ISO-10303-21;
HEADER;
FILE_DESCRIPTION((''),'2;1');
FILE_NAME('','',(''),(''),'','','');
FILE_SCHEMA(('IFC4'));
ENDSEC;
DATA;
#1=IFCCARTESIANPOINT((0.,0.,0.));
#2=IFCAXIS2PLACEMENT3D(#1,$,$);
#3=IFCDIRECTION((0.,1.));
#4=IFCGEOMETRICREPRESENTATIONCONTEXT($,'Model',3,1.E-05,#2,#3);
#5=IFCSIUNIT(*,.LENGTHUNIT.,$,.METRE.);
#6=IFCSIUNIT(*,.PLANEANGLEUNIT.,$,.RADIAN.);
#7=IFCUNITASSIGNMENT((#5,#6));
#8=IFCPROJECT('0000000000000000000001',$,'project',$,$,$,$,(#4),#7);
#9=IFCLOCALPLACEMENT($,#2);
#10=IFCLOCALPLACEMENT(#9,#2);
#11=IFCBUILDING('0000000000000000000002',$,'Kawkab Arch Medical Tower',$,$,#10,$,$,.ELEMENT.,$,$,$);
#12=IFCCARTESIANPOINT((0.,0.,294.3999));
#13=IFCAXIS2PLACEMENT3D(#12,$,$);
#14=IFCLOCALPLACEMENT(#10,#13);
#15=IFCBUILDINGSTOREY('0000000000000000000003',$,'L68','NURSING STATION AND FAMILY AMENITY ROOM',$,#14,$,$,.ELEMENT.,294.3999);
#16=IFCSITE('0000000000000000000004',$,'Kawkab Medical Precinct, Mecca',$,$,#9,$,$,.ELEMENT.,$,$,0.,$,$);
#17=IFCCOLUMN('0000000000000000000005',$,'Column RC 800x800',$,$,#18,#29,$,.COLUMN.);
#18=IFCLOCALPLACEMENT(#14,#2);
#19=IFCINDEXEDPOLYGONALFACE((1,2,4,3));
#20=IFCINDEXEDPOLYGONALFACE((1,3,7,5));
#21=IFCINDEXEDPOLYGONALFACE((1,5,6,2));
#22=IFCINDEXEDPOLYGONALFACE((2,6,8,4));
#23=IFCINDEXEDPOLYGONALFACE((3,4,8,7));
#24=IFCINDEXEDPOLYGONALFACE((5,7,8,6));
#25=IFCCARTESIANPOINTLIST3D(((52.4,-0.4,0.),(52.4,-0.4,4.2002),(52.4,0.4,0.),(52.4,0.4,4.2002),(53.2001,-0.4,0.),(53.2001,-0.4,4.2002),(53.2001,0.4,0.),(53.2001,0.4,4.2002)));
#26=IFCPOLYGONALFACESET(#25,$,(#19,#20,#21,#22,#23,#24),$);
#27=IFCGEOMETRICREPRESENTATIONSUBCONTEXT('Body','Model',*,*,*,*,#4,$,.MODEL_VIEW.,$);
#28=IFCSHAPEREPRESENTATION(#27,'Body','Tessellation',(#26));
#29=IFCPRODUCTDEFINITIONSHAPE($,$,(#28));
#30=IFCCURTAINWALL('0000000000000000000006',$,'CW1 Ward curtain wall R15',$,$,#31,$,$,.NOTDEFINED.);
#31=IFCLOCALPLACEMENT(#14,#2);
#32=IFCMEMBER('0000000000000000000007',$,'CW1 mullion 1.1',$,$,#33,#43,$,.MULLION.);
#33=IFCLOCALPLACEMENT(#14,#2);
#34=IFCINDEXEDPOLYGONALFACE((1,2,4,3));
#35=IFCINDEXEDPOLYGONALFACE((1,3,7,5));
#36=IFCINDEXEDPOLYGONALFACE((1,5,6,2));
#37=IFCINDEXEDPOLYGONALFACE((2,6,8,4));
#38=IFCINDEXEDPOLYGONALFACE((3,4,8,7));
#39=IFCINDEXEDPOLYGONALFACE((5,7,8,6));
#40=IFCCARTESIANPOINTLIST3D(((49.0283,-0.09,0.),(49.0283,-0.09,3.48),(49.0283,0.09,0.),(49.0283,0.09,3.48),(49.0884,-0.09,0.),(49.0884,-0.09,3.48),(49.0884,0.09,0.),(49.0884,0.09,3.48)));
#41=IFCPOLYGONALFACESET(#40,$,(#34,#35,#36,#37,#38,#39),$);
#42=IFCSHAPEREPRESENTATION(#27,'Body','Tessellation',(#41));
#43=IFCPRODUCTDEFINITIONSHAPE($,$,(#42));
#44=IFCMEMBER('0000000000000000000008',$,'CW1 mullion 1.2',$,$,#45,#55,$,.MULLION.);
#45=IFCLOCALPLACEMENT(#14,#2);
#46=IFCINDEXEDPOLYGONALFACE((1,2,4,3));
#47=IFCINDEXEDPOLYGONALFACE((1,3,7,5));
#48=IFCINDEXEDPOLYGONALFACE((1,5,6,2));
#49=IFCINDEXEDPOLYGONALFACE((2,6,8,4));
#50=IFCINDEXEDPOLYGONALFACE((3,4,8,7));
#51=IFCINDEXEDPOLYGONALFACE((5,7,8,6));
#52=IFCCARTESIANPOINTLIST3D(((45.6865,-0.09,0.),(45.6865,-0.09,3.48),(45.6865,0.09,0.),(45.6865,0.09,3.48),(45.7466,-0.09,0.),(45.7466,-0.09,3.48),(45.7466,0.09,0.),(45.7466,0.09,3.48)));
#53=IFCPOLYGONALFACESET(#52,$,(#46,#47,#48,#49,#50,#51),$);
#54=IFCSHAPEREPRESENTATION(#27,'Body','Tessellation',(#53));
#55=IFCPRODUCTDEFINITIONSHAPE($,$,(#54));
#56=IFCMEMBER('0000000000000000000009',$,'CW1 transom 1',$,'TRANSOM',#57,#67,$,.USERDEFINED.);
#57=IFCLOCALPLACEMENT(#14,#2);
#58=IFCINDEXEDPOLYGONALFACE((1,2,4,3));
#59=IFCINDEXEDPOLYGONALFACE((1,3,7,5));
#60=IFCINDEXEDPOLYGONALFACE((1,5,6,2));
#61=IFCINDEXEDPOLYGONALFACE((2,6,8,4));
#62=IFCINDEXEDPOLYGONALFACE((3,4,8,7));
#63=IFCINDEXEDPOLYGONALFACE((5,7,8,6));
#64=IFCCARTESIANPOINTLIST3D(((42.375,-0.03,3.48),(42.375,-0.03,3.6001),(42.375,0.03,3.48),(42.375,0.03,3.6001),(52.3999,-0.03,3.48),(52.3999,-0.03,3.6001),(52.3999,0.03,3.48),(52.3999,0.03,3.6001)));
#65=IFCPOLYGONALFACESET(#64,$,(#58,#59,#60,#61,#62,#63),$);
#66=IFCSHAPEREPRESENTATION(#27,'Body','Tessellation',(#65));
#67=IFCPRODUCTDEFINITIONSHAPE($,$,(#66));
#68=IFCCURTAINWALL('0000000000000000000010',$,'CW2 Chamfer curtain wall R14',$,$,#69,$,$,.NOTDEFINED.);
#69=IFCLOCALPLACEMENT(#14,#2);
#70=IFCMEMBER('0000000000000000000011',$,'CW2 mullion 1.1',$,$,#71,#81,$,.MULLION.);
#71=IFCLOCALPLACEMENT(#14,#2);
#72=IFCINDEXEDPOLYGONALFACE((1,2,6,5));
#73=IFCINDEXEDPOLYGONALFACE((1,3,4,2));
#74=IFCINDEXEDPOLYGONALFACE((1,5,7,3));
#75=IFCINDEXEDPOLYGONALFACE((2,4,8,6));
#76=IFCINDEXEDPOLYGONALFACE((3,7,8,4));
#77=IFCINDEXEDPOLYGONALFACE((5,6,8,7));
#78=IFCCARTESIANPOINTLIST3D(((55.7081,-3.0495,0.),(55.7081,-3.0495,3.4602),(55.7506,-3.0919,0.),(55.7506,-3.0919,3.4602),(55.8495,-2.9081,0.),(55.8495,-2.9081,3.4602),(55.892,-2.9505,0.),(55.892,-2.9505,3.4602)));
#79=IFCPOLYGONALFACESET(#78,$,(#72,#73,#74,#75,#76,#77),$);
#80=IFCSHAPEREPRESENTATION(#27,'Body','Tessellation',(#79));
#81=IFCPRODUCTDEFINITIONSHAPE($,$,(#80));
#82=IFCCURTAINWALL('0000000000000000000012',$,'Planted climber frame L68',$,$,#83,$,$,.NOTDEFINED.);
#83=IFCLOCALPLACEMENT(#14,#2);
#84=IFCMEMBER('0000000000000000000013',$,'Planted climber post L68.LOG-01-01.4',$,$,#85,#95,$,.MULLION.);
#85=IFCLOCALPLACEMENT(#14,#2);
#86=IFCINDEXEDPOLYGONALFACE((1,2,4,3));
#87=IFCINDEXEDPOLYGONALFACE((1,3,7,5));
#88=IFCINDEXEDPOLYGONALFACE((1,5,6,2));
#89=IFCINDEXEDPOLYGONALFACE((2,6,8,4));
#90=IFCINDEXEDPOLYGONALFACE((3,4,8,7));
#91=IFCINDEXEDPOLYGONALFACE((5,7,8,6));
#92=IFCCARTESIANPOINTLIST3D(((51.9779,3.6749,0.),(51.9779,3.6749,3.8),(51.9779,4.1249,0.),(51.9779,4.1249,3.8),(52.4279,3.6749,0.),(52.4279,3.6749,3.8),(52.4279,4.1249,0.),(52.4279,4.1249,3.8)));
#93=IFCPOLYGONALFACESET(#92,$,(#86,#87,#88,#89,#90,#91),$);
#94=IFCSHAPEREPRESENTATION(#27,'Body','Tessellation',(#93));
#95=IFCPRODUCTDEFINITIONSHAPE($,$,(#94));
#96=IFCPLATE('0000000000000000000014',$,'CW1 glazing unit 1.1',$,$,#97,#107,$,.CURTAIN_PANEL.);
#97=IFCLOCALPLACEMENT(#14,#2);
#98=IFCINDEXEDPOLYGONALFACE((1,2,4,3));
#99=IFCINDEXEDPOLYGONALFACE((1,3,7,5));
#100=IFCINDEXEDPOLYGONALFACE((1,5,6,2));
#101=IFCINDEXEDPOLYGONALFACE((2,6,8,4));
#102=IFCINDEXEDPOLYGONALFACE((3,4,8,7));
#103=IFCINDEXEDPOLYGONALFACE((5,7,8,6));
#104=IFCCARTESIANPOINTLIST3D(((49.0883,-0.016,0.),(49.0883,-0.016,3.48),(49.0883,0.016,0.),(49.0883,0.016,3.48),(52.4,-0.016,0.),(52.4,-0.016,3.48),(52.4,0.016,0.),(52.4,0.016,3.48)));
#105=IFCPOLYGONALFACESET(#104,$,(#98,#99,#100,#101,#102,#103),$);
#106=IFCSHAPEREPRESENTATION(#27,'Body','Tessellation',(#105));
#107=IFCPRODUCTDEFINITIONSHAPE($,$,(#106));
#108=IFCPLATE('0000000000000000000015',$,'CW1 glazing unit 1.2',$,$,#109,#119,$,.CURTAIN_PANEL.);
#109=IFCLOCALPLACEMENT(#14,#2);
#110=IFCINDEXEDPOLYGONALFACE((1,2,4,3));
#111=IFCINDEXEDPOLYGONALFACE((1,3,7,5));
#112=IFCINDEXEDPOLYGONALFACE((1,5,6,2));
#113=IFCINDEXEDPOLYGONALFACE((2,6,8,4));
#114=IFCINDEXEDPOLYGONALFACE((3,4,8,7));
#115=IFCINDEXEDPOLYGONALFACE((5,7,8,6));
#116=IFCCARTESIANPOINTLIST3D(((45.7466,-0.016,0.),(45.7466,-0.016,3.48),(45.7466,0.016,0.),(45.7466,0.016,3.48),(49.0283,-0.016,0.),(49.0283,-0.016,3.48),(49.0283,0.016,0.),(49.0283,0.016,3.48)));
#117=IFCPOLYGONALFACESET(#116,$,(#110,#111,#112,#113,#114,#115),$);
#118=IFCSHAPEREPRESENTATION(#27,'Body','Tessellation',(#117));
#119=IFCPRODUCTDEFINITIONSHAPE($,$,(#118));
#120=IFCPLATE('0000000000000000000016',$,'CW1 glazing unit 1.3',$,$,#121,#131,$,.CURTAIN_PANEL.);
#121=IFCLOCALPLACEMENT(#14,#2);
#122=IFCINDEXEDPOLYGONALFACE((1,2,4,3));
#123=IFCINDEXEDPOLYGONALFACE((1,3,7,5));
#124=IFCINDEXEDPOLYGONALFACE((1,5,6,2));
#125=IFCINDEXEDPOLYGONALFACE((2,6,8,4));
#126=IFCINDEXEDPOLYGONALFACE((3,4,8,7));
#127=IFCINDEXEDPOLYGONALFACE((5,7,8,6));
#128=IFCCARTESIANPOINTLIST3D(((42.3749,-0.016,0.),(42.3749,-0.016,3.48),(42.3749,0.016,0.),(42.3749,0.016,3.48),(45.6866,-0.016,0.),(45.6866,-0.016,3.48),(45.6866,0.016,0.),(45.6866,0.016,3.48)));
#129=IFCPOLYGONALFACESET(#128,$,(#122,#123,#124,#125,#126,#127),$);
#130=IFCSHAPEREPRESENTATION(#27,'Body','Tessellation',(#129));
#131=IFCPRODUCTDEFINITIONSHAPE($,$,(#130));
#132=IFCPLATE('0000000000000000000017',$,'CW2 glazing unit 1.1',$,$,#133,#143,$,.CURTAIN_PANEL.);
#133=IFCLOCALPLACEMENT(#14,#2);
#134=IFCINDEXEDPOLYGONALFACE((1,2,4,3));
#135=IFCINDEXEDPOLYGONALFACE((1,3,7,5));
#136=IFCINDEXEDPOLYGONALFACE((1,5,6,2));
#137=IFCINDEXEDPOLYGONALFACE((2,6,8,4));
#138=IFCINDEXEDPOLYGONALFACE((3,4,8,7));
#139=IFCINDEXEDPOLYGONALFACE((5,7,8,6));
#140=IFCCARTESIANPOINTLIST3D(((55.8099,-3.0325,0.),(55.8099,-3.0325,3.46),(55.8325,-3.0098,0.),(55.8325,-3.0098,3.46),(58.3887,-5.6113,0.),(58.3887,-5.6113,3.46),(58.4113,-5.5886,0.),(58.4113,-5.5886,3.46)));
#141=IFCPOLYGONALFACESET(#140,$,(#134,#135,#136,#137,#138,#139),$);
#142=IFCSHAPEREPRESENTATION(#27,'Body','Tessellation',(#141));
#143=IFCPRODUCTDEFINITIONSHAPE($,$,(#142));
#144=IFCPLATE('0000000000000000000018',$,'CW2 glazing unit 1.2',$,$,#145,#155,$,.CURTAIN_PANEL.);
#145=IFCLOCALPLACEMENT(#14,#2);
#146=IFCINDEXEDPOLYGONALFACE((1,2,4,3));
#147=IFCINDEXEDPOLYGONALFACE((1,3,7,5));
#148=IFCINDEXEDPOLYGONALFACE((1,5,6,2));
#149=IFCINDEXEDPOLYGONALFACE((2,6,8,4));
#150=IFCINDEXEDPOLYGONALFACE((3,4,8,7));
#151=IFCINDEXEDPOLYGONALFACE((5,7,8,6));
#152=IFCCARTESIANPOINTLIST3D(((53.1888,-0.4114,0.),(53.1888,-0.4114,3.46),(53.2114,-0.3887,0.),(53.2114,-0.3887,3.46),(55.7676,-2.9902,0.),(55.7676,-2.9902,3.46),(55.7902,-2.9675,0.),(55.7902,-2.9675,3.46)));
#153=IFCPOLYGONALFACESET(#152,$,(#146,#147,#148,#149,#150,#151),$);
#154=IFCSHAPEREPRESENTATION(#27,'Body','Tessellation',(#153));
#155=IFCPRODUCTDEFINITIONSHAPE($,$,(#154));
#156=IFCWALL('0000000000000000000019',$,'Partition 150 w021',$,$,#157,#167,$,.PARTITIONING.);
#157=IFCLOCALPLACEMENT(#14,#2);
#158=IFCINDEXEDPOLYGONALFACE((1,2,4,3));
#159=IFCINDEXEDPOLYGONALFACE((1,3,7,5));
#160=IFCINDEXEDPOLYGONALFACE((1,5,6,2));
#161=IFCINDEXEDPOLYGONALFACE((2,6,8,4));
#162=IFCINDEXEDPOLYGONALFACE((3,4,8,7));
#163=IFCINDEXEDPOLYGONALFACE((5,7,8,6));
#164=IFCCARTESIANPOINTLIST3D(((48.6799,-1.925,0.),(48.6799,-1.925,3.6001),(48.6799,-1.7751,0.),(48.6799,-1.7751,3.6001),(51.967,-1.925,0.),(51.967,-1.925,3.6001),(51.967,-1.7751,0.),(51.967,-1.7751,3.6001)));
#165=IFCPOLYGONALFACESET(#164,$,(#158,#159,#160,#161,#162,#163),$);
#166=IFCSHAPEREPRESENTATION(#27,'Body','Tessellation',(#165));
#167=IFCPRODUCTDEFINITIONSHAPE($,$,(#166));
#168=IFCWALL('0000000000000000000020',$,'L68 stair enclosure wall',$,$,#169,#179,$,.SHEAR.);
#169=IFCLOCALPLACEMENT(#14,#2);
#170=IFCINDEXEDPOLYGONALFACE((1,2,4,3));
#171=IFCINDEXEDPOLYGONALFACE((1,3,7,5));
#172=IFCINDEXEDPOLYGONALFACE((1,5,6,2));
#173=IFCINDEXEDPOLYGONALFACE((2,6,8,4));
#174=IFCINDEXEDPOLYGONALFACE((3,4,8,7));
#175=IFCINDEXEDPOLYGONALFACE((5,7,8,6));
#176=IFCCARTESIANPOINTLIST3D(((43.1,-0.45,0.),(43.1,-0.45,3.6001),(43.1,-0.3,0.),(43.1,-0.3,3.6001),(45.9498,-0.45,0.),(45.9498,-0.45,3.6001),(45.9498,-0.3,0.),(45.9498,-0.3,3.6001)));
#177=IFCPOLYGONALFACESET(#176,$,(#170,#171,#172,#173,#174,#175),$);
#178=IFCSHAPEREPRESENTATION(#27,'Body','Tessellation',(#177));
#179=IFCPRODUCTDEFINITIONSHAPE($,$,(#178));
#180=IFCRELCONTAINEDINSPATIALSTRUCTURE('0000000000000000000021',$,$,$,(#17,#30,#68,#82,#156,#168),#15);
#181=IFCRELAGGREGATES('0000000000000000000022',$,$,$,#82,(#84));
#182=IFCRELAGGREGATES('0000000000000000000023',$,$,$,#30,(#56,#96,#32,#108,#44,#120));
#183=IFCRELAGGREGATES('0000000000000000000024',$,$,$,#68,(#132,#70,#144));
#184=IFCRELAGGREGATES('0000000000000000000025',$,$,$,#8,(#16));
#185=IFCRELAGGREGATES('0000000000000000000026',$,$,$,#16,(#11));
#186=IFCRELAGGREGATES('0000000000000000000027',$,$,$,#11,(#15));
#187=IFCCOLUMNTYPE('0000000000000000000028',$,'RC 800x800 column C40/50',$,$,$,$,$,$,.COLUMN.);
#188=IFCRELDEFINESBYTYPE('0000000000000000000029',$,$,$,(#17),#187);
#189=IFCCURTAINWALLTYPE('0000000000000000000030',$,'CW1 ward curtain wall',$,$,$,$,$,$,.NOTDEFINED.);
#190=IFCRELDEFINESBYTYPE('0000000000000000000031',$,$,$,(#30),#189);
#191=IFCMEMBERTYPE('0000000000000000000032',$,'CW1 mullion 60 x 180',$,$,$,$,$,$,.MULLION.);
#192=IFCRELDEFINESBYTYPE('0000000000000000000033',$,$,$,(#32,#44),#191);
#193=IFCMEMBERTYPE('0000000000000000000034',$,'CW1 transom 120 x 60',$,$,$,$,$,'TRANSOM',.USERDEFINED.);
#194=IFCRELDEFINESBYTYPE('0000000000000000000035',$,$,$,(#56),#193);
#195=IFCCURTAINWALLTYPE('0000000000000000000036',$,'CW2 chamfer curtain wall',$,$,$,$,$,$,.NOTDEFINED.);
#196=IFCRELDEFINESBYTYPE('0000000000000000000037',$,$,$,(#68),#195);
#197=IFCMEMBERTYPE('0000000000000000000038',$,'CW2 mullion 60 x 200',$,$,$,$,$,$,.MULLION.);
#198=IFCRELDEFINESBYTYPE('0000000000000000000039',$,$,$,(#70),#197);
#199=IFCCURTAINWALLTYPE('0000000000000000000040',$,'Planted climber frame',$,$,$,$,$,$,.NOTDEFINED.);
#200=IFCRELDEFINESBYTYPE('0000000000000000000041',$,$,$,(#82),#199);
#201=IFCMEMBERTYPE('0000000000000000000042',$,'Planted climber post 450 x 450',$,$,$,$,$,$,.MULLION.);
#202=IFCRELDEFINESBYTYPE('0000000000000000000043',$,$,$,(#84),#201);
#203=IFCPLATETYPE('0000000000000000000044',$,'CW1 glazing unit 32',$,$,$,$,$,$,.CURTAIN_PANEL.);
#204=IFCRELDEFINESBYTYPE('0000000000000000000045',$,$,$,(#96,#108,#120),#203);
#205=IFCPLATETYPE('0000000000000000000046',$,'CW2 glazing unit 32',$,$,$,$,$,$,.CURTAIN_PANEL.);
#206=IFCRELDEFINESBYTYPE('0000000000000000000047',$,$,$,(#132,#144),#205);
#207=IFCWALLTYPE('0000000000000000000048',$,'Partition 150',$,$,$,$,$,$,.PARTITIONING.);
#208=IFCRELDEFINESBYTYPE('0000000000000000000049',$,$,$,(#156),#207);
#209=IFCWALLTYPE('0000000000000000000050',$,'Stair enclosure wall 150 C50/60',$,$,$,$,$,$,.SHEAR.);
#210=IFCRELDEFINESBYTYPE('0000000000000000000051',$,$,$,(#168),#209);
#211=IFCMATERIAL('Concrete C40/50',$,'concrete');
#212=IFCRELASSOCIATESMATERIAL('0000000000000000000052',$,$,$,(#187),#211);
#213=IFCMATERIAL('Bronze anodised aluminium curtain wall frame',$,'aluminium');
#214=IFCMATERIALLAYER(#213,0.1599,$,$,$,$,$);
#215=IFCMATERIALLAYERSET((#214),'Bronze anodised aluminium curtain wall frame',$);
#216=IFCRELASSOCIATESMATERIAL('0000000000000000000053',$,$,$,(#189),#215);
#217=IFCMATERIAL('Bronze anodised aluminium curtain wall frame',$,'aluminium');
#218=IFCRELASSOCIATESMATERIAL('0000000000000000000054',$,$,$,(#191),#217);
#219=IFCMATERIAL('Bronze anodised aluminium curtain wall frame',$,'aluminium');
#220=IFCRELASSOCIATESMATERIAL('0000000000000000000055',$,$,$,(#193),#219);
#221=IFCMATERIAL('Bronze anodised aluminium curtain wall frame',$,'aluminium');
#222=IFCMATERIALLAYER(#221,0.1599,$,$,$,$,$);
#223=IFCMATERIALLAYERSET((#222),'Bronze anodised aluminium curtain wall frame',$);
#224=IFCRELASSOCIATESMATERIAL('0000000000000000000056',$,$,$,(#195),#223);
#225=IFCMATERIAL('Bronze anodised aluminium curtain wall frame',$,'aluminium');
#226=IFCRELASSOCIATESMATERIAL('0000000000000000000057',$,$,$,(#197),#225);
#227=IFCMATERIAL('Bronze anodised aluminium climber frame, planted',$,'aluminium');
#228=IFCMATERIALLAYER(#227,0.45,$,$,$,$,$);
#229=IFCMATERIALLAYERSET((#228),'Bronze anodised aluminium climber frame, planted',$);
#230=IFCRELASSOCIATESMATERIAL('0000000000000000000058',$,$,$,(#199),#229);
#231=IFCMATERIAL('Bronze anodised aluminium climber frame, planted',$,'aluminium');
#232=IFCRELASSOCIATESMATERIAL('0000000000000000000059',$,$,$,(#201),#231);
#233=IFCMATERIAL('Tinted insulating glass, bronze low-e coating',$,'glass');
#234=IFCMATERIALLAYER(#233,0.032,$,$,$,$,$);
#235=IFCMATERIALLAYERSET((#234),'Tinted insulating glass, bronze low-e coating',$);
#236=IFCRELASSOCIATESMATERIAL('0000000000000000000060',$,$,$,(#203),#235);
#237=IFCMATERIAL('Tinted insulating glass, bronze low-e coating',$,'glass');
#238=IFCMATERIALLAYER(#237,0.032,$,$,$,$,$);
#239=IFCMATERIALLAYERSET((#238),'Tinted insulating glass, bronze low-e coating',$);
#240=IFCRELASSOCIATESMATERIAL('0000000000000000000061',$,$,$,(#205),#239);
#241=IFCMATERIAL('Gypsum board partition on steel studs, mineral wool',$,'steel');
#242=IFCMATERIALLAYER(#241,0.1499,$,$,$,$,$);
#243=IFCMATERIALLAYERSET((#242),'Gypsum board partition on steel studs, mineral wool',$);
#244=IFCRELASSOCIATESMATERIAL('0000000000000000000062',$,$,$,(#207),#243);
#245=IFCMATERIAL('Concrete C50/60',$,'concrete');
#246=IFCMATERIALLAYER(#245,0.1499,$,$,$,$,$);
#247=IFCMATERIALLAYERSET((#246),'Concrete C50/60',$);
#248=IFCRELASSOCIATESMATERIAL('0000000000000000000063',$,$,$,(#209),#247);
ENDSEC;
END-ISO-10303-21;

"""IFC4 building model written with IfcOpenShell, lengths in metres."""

from ifc_helpers import new_model, si_unit, direction, frame, frame_2d, origin, origin_2d, place, context, subcontext, project, spatial, rectangle, extrude, material, layer, layer_set, material_profile, profile_set, type_object, element, aggregate, save


model = new_model("IFC4")

# Units and contexts
model_context = context("Model", 3, precision=1e-05, world=origin(), true_north=direction((0.0, 1.0)))
body_context = subcontext(model_context, "Body", "Model", "MODEL_VIEW")
ifc_project = project(units=[si_unit("LENGTHUNIT", "METRE"), si_unit("PLANEANGLEUNIT", "RADIAN")], contexts=[model_context])

# Site, building, storey
site_placement = place(None, origin())
site = spatial("IfcSite", under=ifc_project, at=site_placement, Name="Kawkab Medical Precinct, Mecca", CompositionType="ELEMENT", RefElevation=0.0)
building_placement = place(site_placement, origin())
building = spatial("IfcBuilding", under=site, at=building_placement, Name="Kawkab Arch Medical Tower", CompositionType="ELEMENT")
storey_placement = place(building_placement, frame((0.0, 0.0, 294.3999)))
storey = spatial("IfcBuildingStorey", under=building, at=storey_placement, Name="L68", Description="NURSING STATION AND FAMILY AMENITY ROOM", CompositionType="ELEMENT", Elevation=294.3999)

# Column
ifc_material_1 = material(Name="Concrete C40/50", Category="concrete")
ifc_material_profile_1 = material_profile(ifc_material_1, rectangle(XDim=0.8, YDim=0.8, at=origin_2d()), Name="RC 800x800")
ifc_profile_set_1 = profile_set([ifc_material_profile_1], Name="Concrete C40/50")
column_type = type_object("IfcColumnType", Name="RC 800x800 column C40/50", PredefinedType="COLUMN", material=ifc_profile_set_1)
column_placement = place(storey_placement, frame((52.8, 0.0, 0.0), z_axis=(0.0, 0.0, 1.0), x_axis=(1.0, 0.0, 0.0)))
element("IfcColumn", 1, at=column_placement, inside=storey, type_object=column_type, Name="Column RC 800x800", PredefinedType="COLUMN", context=body_context, shape_type="SweptSolid", body=[
    extrude(rectangle(XDim=0.8, YDim=0.8, at=origin_2d()), origin(), (0.0, 0.0, 1.0), 4.2002),
])

# Curtain wall, members
ifc_material_2 = material(Name="Bronze anodised aluminium curtain wall frame", Category="aluminium")
ifc_layer_1 = layer(ifc_material_2, 0.1599)
ifc_layer_set_1 = layer_set([ifc_layer_1], Name="Bronze anodised aluminium curtain wall frame")
curtain_wall_type_1 = type_object("IfcCurtainWallType", Name="CW1 ward curtain wall", PredefinedType="NOTDEFINED", material=ifc_layer_set_1)
placement = place(storey_placement, origin())
curtain_wall_1 = element("IfcCurtainWall", 2, at=placement, inside=storey, type_object=curtain_wall_type_1, Name="CW1 Ward curtain wall R15", PredefinedType="NOTDEFINED")
ifc_material_3 = material(Name="Bronze anodised aluminium curtain wall frame", Category="aluminium")
ifc_material_profile_2 = material_profile(ifc_material_3, rectangle(XDim=0.1799, YDim=0.0601, at=origin_2d()), Name="AL 60x180")
ifc_profile_set_2 = profile_set([ifc_material_profile_2], Name="Bronze anodised aluminium curtain wall frame")
member_type_1 = type_object("IfcMemberType", Name="CW1 mullion 60 x 180", PredefinedType="MULLION", material=ifc_profile_set_2)
member_1_placement = place(storey_placement, frame((49.0583, 0.0, 0.0), z_axis=(0.0, 0.0, 1.0), x_axis=(0.0, -1.0, 0.0)))
member_1 = element("IfcMember", 3, at=member_1_placement, type_object=member_type_1, Name="CW1 mullion 1.1", PredefinedType="MULLION", context=body_context, shape_type="SweptSolid", body=[
    extrude(rectangle(XDim=0.1799, YDim=0.0601, at=origin_2d()), origin(), (0.0, 0.0, 1.0), 3.48),
])
member_2_placement = place(storey_placement, frame((45.7166, 0.0, 0.0), z_axis=(0.0, 0.0, 1.0), x_axis=(0.0, -1.0, 0.0)))
member_2 = element("IfcMember", 4, at=member_2_placement, type_object=member_type_1, Name="CW1 mullion 1.2", PredefinedType="MULLION", context=body_context, shape_type="SweptSolid", body=[
    extrude(rectangle(XDim=0.1799, YDim=0.0601, at=origin_2d()), origin(), (0.0, 0.0, 1.0), 3.48),
])
ifc_material_4 = material(Name="Bronze anodised aluminium curtain wall frame", Category="aluminium")
ifc_material_profile_3 = material_profile(ifc_material_4, rectangle(XDim=0.0601, YDim=0.1201, at=origin_2d()), Name="AL 60x120")
ifc_profile_set_3 = profile_set([ifc_material_profile_3], Name="Bronze anodised aluminium curtain wall frame")
member_type_2 = type_object("IfcMemberType", Name="CW1 transom 120 x 60", ElementType="TRANSOM", PredefinedType="USERDEFINED", material=ifc_profile_set_3)
member_3_placement = place(storey_placement, frame((52.3999, 0.0, 3.54), z_axis=(-1.0, 0.0, 0.0), x_axis=(0.0, -1.0, 0.0)))
member_3 = element("IfcMember", 5, at=member_3_placement, type_object=member_type_2, Name="CW1 transom 1", ObjectType="TRANSOM", PredefinedType="USERDEFINED", context=body_context, shape_type="SweptSolid", body=[
    extrude(rectangle(XDim=0.0601, YDim=0.1201, at=origin_2d()), origin(), (0.0, 0.0, 1.0), 10.0249),
])

# Curtain walls, members
ifc_material_5 = material(Name="Bronze anodised aluminium curtain wall frame", Category="aluminium")
ifc_layer_2 = layer(ifc_material_5, 0.1599)
ifc_layer_set_2 = layer_set([ifc_layer_2], Name="Bronze anodised aluminium curtain wall frame")
curtain_wall_type_2 = type_object("IfcCurtainWallType", Name="CW2 chamfer curtain wall", PredefinedType="NOTDEFINED", material=ifc_layer_set_2)
curtain_wall_2 = element("IfcCurtainWall", 6, at=placement, inside=storey, type_object=curtain_wall_type_2, Name="CW2 Chamfer curtain wall R14", PredefinedType="NOTDEFINED")
ifc_material_6 = material(Name="Bronze anodised aluminium curtain wall frame", Category="aluminium")
ifc_material_profile_4 = material_profile(ifc_material_6, rectangle(XDim=0.2, YDim=0.0601, at=origin_2d()), Name="AL 60x200")
ifc_profile_set_4 = profile_set([ifc_material_profile_4], Name="Bronze anodised aluminium curtain wall frame")
member_type_3 = type_object("IfcMemberType", Name="CW2 mullion 60 x 200", PredefinedType="MULLION", material=ifc_profile_set_4)
member_4_placement = place(storey_placement, frame((55.8, -3.0, 0.0), z_axis=(0.0, 0.0, 1.0), x_axis=(-0.707107, -0.707107, 0.0)))
member_4 = element("IfcMember", 7, at=member_4_placement, type_object=member_type_3, Name="CW2 mullion 1.1", PredefinedType="MULLION", context=body_context, shape_type="SweptSolid", body=[
    extrude(rectangle(XDim=0.2, YDim=0.0601, at=origin_2d()), origin(), (0.0, 0.0, 1.0), 3.4602),
])
ifc_material_7 = material(Name="Bronze anodised aluminium climber frame, planted", Category="aluminium")
ifc_layer_3 = layer(ifc_material_7, 0.45)
ifc_layer_set_3 = layer_set([ifc_layer_3], Name="Bronze anodised aluminium climber frame, planted")
curtain_wall_type_3 = type_object("IfcCurtainWallType", Name="Planted climber frame", PredefinedType="NOTDEFINED", material=ifc_layer_set_3)
curtain_wall_3 = element("IfcCurtainWall", 8, at=placement, inside=storey, type_object=curtain_wall_type_3, Name="Planted climber frame L68", PredefinedType="NOTDEFINED")
ifc_material_8 = material(Name="Bronze anodised aluminium climber frame, planted", Category="aluminium")
ifc_material_profile_5 = material_profile(ifc_material_8, rectangle(XDim=0.45, YDim=0.45, at=origin_2d()), Name="Post 450x450")
ifc_profile_set_5 = profile_set([ifc_material_profile_5], Name="Bronze anodised aluminium climber frame, planted")
member_type_4 = type_object("IfcMemberType", Name="Planted climber post 450 x 450", PredefinedType="MULLION", material=ifc_profile_set_5)
member_5_placement = place(storey_placement, frame((52.2029, 3.8999, 0.0), z_axis=(0.0, 0.0, 1.0), x_axis=(1.0, 0.0, 0.0)))
member_5 = element("IfcMember", 9, at=member_5_placement, type_object=member_type_4, Name="Planted climber post L68.LOG-01-01.4", PredefinedType="MULLION", context=body_context, shape_type="SweptSolid", body=[
    extrude(rectangle(XDim=0.45, YDim=0.45, at=origin_2d()), origin(), (0.0, 0.0, 1.0), 3.8),
])
aggregate(curtain_wall_3, [member_5])

# Plates
ifc_material_9 = material(Name="Tinted insulating glass, bronze low-e coating", Category="glass")
ifc_layer_4 = layer(ifc_material_9, 0.032)
ifc_layer_set_4 = layer_set([ifc_layer_4], Name="Tinted insulating glass, bronze low-e coating")
plate_type_1 = type_object("IfcPlateType", Name="CW1 glazing unit 32", PredefinedType="CURTAIN_PANEL", material=ifc_layer_set_4)
plate_1_placement = place(storey_placement, frame((50.7441, 0.0, 0.0), z_axis=(0.0, 0.0, 1.0), x_axis=(-1.0, 0.0, 0.0)))
plate_1 = element("IfcPlate", 10, at=plate_1_placement, type_object=plate_type_1, Name="CW1 glazing unit 1.1", PredefinedType="CURTAIN_PANEL", context=body_context, shape_type="SweptSolid", body=[
    extrude(rectangle(XDim=3.3118, YDim=0.032, at=origin_2d()), origin(), (0.0, 0.0, 1.0), 3.48),
])
plate_2_placement = place(storey_placement, frame((47.3875, 0.0, 0.0), z_axis=(0.0, 0.0, 1.0), x_axis=(-1.0, 0.0, 0.0)))
plate_2 = element("IfcPlate", 11, at=plate_2_placement, type_object=plate_type_1, Name="CW1 glazing unit 1.2", PredefinedType="CURTAIN_PANEL", context=body_context, shape_type="SweptSolid", body=[
    extrude(rectangle(XDim=3.2817, YDim=0.032, at=origin_2d()), origin(), (0.0, 0.0, 1.0), 3.48),
])
plate_3_placement = place(storey_placement, frame((44.0308, 0.0, 0.0), z_axis=(0.0, 0.0, 1.0), x_axis=(-1.0, 0.0, 0.0)))
plate_3 = element("IfcPlate", 12, at=plate_3_placement, type_object=plate_type_1, Name="CW1 glazing unit 1.3", PredefinedType="CURTAIN_PANEL", context=body_context, shape_type="SweptSolid", body=[
    extrude(rectangle(XDim=3.3118, YDim=0.032, at=origin_2d()), origin(), (0.0, 0.0, 1.0), 3.48),
])
aggregate(curtain_wall_1, [member_3, plate_1, member_1, plate_2, member_2, plate_3])
ifc_material_10 = material(Name="Tinted insulating glass, bronze low-e coating", Category="glass")
ifc_layer_5 = layer(ifc_material_10, 0.032)
ifc_layer_set_5 = layer_set([ifc_layer_5], Name="Tinted insulating glass, bronze low-e coating")
plate_type_2 = type_object("IfcPlateType", Name="CW2 glazing unit 32", PredefinedType="CURTAIN_PANEL", material=ifc_layer_set_5)
plate_4_placement = place(storey_placement, frame((57.1106, -4.3105, 0.0), z_axis=(0.0, 0.0, 1.0), x_axis=(-0.707107, 0.707107, 0.0)))
plate_4 = element("IfcPlate", 13, at=plate_4_placement, type_object=plate_type_2, Name="CW2 glazing unit 1.1", PredefinedType="CURTAIN_PANEL", context=body_context, shape_type="SweptSolid", body=[
    extrude(rectangle(XDim=3.647, YDim=0.032, at=origin_2d()), origin(), (0.0, 0.0, 1.0), 3.46),
])
plate_5_placement = place(storey_placement, frame((54.4895, -1.6895, 0.0), z_axis=(0.0, 0.0, 1.0), x_axis=(-0.707107, 0.707107, 0.0)))
plate_5 = element("IfcPlate", 14, at=plate_5_placement, type_object=plate_type_2, Name="CW2 glazing unit 1.2", PredefinedType="CURTAIN_PANEL", context=body_context, shape_type="SweptSolid", body=[
    extrude(rectangle(XDim=3.647, YDim=0.032, at=origin_2d()), origin(), (0.0, 0.0, 1.0), 3.46),
])
aggregate(curtain_wall_2, [plate_4, member_4, plate_5])

# Walls
ifc_material_11 = material(Name="Gypsum board partition on steel studs, mineral wool", Category="steel")
ifc_layer_6 = layer(ifc_material_11, 0.1499)
ifc_layer_set_6 = layer_set([ifc_layer_6], Name="Gypsum board partition on steel studs, mineral wool")
wall_type_1 = type_object("IfcWallType", Name="Partition 150", PredefinedType="PARTITIONING", material=ifc_layer_set_6)
wall_1_placement = place(storey_placement, frame((48.6799, -1.8501, 0.0), z_axis=(0.0, 0.0, 1.0), x_axis=(1.0, 0.0, 0.0)))
element("IfcWall", 15, at=wall_1_placement, inside=storey, type_object=wall_type_1, Name="Partition 150 w021", PredefinedType="PARTITIONING", context=body_context, shape_type="SweptSolid", body=[
    extrude(rectangle(XDim=3.2871, YDim=0.1499, at=frame_2d((1.6436, 0.0))), origin(), (0.0, 0.0, 1.0), 3.6001),
])
ifc_material_12 = material(Name="Concrete C50/60", Category="concrete")
ifc_layer_7 = layer(ifc_material_12, 0.1499)
ifc_layer_set_7 = layer_set([ifc_layer_7], Name="Concrete C50/60")
wall_type_2 = type_object("IfcWallType", Name="Stair enclosure wall 150 C50/60", PredefinedType="SHEAR", material=ifc_layer_set_7)
wall_2_placement = place(storey_placement, frame((43.1001, -0.375, 0.0), z_axis=(0.0, 0.0, 1.0), x_axis=(1.0, 0.0, 0.0)))
element("IfcWall", 16, at=wall_2_placement, inside=storey, type_object=wall_type_2, Name="L68 stair enclosure wall", PredefinedType="SHEAR", context=body_context, shape_type="SweptSolid", body=[
    extrude(rectangle(XDim=2.8499, YDim=0.1499, at=frame_2d((1.4248, 0.0))), origin(), (0.0, 0.0, 1.0), 3.6001),
])

save(model, "model.ifc")
